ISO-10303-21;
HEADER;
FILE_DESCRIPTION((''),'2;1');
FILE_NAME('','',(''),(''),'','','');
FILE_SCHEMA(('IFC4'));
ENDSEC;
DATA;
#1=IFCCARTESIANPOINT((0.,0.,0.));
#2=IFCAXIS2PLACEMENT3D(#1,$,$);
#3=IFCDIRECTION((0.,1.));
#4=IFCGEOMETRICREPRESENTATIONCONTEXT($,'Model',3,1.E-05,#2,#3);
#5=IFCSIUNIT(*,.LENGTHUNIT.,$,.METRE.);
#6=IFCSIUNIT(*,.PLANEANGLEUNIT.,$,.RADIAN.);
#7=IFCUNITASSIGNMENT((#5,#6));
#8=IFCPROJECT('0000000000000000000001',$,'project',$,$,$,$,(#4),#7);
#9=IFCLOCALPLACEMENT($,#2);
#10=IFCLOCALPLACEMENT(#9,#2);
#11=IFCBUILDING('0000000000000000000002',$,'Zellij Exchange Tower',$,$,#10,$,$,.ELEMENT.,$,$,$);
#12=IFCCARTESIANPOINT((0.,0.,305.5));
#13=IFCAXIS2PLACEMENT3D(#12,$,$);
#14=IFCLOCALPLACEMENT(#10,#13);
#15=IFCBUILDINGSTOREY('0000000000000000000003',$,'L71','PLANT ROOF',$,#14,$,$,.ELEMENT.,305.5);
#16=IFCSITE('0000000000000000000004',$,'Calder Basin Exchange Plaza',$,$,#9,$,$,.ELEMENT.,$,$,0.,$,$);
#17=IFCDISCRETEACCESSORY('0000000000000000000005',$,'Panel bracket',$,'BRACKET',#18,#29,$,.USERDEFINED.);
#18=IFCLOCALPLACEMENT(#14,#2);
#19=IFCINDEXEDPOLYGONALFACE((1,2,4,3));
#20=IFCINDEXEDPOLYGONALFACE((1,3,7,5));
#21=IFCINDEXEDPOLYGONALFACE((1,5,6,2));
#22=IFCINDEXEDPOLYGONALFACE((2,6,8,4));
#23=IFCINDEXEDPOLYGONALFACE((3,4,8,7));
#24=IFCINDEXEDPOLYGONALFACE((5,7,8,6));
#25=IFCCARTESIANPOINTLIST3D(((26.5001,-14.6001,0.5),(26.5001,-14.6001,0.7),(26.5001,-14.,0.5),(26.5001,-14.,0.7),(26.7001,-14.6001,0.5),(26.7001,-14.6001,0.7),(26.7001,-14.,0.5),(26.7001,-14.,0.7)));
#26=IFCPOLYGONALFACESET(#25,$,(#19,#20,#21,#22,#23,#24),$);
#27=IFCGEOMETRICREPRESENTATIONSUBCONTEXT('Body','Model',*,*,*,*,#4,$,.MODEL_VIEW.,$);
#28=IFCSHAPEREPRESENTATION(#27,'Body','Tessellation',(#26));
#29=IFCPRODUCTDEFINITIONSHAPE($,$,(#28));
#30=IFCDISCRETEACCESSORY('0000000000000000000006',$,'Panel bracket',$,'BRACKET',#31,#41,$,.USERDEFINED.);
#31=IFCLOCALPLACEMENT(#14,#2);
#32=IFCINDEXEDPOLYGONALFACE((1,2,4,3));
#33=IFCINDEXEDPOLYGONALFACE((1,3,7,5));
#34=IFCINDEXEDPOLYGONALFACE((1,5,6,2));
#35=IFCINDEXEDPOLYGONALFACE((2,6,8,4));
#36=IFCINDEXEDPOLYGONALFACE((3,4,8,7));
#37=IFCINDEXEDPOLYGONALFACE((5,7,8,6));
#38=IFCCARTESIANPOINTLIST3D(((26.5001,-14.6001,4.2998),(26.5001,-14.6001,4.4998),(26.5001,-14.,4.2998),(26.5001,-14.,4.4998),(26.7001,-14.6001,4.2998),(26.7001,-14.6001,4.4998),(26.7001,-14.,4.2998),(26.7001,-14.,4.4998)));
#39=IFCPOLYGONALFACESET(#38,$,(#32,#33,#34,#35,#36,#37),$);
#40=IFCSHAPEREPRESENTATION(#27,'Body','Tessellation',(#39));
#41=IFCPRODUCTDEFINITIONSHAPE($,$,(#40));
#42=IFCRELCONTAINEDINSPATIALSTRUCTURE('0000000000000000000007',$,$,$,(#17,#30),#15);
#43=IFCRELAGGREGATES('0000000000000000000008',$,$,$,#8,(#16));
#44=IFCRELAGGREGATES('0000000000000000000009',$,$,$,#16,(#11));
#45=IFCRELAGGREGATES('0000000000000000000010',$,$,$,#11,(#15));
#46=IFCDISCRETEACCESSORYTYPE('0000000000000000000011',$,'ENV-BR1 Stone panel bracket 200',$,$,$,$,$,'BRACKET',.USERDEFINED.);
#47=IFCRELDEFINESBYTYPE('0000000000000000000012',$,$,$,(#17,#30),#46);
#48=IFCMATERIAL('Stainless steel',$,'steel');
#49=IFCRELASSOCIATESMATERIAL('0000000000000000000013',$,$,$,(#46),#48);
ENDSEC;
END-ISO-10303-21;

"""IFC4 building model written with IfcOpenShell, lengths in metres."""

from ifc_helpers import new_model, si_unit, direction, frame, origin, origin_2d, place, context, subcontext, project, spatial, rectangle, extrude, material, type_object, element, save


model = new_model("IFC4")

# Units and contexts
model_context = context("Model", 3, precision=1e-05, world=origin(), true_north=direction((0.0, 1.0)))
body_context = subcontext(model_context, "Body", "Model", "MODEL_VIEW")
ifc_project = project(units=[si_unit("LENGTHUNIT", "METRE"), si_unit("PLANEANGLEUNIT", "RADIAN")], contexts=[model_context])

# Site, building, storey
site_placement = place(None, origin())
site = spatial("IfcSite", under=ifc_project, at=site_placement, Name="Calder Basin Exchange Plaza", CompositionType="ELEMENT", RefElevation=0.0)
building_placement = place(site_placement, origin())
building = spatial("IfcBuilding", under=site, at=building_placement, Name="Zellij Exchange Tower", CompositionType="ELEMENT")
storey_placement = place(building_placement, frame((0.0, 0.0, 305.5)))
storey = spatial("IfcBuildingStorey", under=building, at=storey_placement, Name="L71", Description="PLANT ROOF", CompositionType="ELEMENT", Elevation=305.5)

# Shared definitions
ifc_material_1 = material(Name="Stainless steel", Category="steel")

# Discrete accessories
discrete_accessory_type = type_object("IfcDiscreteAccessoryType", Name="ENV-BR1 Stone panel bracket 200", ElementType="BRACKET", PredefinedType="USERDEFINED", material=ifc_material_1)
for number, where, z_axis, x_axis, name in (
    (1, (26.6001, -14.3, 0.5), (0.0, 0.0, 1.0), (1.0, 0.0, 0.0), "Panel bracket"),
    (2, (26.6001, -14.3, 4.2998), (0.0, 0.0, 1.0), (1.0, 0.0, 0.0), "Panel bracket"),
):
    element("IfcDiscreteAccessory", number, at=place(storey_placement, frame(where, z_axis=z_axis, x_axis=x_axis)), inside=storey, type_object=discrete_accessory_type, Name=name, ObjectType="BRACKET", PredefinedType="USERDEFINED", context=body_context, shape_type="SweptSolid", body=[
        extrude(rectangle(XDim=0.2, YDim=0.6001, at=origin_2d()), origin(), (0.0, 0.0, 1.0), 0.2),
    ])

save(model, "model.ifc")
